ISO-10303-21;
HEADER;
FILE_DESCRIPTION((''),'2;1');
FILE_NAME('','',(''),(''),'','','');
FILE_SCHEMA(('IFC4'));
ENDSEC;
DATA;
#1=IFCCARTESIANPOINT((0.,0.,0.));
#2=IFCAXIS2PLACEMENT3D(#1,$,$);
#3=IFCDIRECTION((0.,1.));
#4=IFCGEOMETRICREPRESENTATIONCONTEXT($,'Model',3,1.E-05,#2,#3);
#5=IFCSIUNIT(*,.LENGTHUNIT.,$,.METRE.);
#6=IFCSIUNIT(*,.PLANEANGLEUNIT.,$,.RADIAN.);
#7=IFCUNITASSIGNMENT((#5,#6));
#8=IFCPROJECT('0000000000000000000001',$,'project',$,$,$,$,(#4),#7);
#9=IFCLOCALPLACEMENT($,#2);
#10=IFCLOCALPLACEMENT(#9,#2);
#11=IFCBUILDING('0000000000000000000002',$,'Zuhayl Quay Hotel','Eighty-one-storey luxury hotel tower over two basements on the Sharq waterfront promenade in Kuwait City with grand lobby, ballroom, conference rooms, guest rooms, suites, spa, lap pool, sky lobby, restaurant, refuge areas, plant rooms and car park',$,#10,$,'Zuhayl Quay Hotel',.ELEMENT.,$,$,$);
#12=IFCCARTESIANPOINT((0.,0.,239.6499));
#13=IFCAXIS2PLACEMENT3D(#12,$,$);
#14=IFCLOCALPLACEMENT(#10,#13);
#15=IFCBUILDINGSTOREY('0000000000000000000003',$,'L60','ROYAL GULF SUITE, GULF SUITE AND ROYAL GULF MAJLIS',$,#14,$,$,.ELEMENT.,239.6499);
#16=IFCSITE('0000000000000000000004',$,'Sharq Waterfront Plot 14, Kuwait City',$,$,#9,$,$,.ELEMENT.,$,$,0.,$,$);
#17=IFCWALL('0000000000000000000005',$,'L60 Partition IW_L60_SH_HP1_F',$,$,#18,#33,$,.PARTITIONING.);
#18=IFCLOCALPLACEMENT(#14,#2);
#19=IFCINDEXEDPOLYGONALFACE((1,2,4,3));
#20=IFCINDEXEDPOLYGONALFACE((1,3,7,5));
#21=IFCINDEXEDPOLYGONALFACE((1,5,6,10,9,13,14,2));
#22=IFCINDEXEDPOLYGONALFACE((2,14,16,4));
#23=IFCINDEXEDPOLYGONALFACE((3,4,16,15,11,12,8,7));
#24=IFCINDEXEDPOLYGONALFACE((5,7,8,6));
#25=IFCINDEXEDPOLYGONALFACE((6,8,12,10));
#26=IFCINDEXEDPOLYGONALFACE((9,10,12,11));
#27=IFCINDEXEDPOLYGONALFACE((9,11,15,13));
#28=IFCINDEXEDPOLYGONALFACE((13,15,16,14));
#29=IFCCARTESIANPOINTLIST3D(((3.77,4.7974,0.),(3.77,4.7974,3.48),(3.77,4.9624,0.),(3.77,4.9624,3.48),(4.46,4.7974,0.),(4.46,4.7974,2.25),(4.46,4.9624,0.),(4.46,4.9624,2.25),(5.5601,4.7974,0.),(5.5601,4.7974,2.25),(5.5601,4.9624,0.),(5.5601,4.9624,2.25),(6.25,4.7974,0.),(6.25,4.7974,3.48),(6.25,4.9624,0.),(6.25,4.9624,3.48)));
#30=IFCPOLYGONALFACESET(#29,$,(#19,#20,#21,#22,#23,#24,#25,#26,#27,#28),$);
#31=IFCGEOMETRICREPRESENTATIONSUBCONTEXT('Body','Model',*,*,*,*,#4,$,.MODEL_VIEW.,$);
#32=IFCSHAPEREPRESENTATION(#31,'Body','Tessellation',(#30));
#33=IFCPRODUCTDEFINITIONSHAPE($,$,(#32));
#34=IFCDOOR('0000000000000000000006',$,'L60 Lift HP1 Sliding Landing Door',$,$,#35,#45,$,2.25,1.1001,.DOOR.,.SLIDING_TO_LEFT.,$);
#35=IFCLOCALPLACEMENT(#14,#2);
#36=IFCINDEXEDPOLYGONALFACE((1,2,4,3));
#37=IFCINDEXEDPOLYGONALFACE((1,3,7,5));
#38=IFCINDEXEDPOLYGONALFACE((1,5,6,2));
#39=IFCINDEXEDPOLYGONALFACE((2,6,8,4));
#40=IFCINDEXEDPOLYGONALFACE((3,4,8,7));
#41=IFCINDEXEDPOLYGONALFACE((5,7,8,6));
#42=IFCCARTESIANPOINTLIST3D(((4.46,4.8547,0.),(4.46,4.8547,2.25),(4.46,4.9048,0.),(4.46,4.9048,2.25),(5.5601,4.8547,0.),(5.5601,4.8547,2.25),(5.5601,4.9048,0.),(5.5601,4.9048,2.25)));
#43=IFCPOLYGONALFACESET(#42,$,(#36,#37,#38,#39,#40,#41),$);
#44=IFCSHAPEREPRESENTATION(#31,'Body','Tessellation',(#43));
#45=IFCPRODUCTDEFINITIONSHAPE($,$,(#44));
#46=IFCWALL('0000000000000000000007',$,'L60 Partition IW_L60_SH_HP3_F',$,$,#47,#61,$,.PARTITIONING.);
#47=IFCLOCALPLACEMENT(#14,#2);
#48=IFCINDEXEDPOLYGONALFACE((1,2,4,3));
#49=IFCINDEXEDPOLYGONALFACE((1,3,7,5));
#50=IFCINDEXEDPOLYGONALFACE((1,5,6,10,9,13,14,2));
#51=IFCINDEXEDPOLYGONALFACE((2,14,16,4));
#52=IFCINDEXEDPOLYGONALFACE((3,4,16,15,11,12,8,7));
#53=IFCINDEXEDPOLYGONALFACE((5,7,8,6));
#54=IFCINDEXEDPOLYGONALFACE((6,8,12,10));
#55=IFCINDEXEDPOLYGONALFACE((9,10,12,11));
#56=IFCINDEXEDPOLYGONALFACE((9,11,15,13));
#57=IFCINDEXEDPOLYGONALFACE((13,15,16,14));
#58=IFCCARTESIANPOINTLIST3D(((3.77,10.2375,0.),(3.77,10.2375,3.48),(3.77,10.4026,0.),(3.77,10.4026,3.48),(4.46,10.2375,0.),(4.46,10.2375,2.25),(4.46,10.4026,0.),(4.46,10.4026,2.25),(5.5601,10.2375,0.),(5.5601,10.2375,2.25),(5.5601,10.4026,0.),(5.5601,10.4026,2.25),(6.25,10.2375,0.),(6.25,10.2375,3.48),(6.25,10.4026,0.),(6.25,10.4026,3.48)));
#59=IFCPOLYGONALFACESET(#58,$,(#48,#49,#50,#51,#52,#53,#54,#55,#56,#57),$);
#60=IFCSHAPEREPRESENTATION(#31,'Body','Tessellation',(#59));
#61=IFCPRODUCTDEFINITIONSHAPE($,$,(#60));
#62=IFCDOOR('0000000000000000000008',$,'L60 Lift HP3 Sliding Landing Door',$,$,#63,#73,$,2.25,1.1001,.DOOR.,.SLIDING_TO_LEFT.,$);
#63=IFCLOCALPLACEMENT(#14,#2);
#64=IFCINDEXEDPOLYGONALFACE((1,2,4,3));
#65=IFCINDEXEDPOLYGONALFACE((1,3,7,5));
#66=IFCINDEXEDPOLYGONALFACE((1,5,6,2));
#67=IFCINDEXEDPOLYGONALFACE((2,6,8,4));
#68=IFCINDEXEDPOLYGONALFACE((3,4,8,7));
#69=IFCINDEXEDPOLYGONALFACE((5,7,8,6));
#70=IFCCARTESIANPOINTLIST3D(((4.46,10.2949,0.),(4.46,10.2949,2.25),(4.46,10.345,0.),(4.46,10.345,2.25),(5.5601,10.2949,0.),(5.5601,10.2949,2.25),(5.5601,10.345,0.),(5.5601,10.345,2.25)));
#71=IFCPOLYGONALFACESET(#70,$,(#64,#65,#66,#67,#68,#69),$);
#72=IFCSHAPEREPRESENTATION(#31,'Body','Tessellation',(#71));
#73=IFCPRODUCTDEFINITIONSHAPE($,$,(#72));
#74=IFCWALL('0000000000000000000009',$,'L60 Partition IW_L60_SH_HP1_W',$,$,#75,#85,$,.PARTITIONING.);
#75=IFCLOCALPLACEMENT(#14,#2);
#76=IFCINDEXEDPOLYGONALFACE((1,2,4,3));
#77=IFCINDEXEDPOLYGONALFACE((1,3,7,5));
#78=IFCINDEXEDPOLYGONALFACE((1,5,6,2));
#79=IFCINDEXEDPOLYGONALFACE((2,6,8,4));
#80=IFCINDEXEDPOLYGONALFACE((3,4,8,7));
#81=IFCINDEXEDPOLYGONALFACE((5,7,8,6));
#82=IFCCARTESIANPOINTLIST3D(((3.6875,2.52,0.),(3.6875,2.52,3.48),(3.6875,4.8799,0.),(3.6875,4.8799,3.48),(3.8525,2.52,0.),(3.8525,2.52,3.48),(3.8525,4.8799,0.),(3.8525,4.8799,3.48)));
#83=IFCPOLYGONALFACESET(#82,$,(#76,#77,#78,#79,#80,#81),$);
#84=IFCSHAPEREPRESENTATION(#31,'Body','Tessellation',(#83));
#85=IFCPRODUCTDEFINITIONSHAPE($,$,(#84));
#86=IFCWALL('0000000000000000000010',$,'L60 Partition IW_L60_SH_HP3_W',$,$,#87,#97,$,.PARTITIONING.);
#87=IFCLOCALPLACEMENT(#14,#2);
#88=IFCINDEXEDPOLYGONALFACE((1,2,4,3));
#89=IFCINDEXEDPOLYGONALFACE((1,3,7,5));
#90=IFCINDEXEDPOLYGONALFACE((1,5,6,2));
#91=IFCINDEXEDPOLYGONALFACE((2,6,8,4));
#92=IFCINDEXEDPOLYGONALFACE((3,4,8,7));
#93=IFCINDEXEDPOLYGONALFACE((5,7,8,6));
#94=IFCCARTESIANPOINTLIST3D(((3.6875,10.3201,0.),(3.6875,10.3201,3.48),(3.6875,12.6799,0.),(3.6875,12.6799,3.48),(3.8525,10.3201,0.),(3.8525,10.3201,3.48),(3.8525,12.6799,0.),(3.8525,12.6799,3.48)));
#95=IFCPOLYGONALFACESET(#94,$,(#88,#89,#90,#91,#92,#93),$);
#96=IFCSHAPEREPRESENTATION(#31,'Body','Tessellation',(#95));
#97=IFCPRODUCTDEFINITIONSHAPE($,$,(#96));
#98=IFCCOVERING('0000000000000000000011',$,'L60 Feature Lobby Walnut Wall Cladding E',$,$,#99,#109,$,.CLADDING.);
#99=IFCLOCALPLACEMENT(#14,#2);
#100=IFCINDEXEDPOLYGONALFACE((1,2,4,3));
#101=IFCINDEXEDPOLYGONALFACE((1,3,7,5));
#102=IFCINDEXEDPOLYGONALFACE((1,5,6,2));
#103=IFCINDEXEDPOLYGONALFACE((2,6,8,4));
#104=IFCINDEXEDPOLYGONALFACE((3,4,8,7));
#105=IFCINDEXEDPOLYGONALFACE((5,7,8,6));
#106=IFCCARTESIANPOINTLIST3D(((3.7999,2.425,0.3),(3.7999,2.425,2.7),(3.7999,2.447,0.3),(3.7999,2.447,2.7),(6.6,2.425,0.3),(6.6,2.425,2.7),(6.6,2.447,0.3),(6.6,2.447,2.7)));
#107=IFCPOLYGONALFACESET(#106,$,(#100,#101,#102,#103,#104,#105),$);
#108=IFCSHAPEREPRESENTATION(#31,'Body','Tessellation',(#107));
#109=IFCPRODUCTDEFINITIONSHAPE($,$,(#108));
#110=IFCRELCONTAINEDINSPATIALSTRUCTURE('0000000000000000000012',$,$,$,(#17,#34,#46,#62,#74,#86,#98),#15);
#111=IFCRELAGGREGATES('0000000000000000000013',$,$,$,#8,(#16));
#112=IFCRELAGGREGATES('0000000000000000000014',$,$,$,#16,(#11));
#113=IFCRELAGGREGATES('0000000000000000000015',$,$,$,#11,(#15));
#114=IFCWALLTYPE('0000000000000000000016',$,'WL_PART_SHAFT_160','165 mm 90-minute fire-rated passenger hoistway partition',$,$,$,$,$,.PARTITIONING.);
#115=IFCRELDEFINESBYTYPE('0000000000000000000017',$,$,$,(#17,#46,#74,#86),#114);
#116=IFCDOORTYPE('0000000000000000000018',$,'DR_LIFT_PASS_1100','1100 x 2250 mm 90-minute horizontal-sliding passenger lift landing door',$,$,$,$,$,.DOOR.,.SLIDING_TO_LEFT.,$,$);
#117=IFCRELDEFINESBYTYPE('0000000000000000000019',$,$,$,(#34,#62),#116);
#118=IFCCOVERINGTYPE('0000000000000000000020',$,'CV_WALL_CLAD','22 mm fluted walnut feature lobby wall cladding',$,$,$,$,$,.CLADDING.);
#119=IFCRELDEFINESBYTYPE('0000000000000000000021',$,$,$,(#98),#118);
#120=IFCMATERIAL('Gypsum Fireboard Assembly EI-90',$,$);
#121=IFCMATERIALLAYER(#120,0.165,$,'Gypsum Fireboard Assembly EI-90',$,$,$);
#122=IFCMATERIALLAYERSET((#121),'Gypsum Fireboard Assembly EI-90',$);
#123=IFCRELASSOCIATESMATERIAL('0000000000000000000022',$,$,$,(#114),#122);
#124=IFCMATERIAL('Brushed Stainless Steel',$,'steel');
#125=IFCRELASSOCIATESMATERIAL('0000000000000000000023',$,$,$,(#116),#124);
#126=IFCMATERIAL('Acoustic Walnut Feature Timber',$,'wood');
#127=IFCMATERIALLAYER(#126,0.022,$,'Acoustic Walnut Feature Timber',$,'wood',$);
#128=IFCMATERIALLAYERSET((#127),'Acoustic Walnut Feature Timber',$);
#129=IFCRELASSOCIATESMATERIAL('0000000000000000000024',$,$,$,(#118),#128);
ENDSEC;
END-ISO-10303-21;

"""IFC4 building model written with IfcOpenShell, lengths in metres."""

from ifc_helpers import new_model, si_unit, direction, frame, frame_2d, origin, origin_2d, place, context, subcontext, project, spatial, rectangle, extrude, material, layer, layer_set, type_object, element, fill, save


model = new_model("IFC4")

# Units and contexts
model_context = context("Model", 3, precision=1e-05, world=origin(), true_north=direction((0.0, 1.0)))
body_context = subcontext(model_context, "Body", "Model", "MODEL_VIEW")
ifc_project = project(units=[si_unit("LENGTHUNIT", "METRE"), si_unit("PLANEANGLEUNIT", "RADIAN")], contexts=[model_context])

# Site, building, storey
site_placement = place(None, origin())
site = spatial("IfcSite", under=ifc_project, at=site_placement, Name="Sharq Waterfront Plot 14, Kuwait City", CompositionType="ELEMENT", RefElevation=0.0)
building_placement = place(site_placement, origin())
building = spatial("IfcBuilding", under=site, at=building_placement, Name="Zuhayl Quay Hotel", Description="Eighty-one-storey luxury hotel tower over two basements on the Sharq waterfront promenade in Kuwait City with grand lobby, ballroom, conference rooms, guest rooms, suites, spa, lap pool, sky lobby, restaurant, refuge areas, plant rooms and car park", LongName="Zuhayl Quay Hotel", CompositionType="ELEMENT")
storey_placement = place(building_placement, frame((0.0, 0.0, 239.6499)))
storey = spatial("IfcBuildingStorey", under=building, at=storey_placement, Name="L60", Description="ROYAL GULF SUITE, GULF SUITE AND ROYAL GULF MAJLIS", CompositionType="ELEMENT", Elevation=239.6499)

# Walls, openings, doors
ifc_material_1 = material(Name="Gypsum Fireboard Assembly EI-90")
ifc_layer_1 = layer(ifc_material_1, 0.165, Name="Gypsum Fireboard Assembly EI-90")
ifc_layer_set_1 = layer_set([ifc_layer_1], Name="Gypsum Fireboard Assembly EI-90")
wall_type_1 = type_object("IfcWallType", Name="WL_PART_SHAFT_160", Description="165 mm 90-minute fire-rated passenger hoistway partition", PredefinedType="PARTITIONING", material=ifc_layer_set_1)
wall_1_placement = place(storey_placement, frame((3.77, 4.8799, 0.0), z_axis=(0.0, 0.0, 1.0), x_axis=(1.0, 0.0, 0.0)))
wall_1 = element("IfcWall", 1, at=wall_1_placement, inside=storey, type_object=wall_type_1, Name="L60 Partition IW_L60_SH_HP1_F", PredefinedType="PARTITIONING", context=body_context, shape_type="SweptSolid", body=[
    extrude(rectangle(XDim=2.48, YDim=0.165, at=frame_2d((1.24, 0.0))), origin(), (0.0, 0.0, 1.0), 3.48),
])
opening_1_placement = place(wall_1_placement, frame((0.6899, 0.0, 0.0)))
opening_1 = element("IfcOpeningElement", 2, at=opening_1_placement, cuts=wall_1, PredefinedType="OPENING", context=body_context, shape_type="SweptSolid", body=[
    extrude(rectangle(XDim=1.1001, YDim=2.25, at=frame_2d((0.55, 1.125))), frame((0.0, 0.0925, 0.0), z_axis=(0.0, -1.0, 0.0), x_axis=(1.0, 0.0, 0.0)), (0.0, 0.0, 1.0), 0.1851),
])
ifc_material_2 = material(Name="Brushed Stainless Steel", Category="steel")
door_type_1 = type_object("IfcDoorType", Name="DR_LIFT_PASS_1100", Description="1100 x 2250 mm 90-minute horizontal-sliding passenger lift landing door", OperationType="SLIDING_TO_LEFT", PredefinedType="DOOR", material=ifc_material_2)
door_1_placement = place(opening_1_placement, origin())
door_1 = element("IfcDoor", 3, at=door_1_placement, inside=storey, type_object=door_type_1, Name="L60 Lift HP1 Sliding Landing Door", OperationType="SLIDING_TO_LEFT", OverallHeight=2.25, OverallWidth=1.1001, PredefinedType="DOOR", context=body_context, shape_type="SweptSolid", body=[
    extrude(rectangle(XDim=1.1001, YDim=2.25, at=frame_2d((0.55, 1.125))), frame((0.0, 0.0249, 0.0), z_axis=(0.0, -1.0, 0.0), x_axis=(1.0, 0.0, 0.0)), (0.0, 0.0, 1.0), 0.05),
])
fill(opening_1, door_1)
wall_2_placement = place(storey_placement, frame((3.77, 10.3201, 0.0), z_axis=(0.0, 0.0, 1.0), x_axis=(1.0, 0.0, 0.0)))
wall_2 = element("IfcWall", 4, at=wall_2_placement, inside=storey, type_object=wall_type_1, Name="L60 Partition IW_L60_SH_HP3_F", PredefinedType="PARTITIONING", context=body_context, shape_type="SweptSolid", body=[
    extrude(rectangle(XDim=2.48, YDim=0.165, at=frame_2d((1.24, 0.0))), origin(), (0.0, 0.0, 1.0), 3.48),
])
opening_2_placement = place(wall_2_placement, frame((0.6899, 0.0, 0.0)))
opening_2 = element("IfcOpeningElement", 5, at=opening_2_placement, cuts=wall_2, PredefinedType="OPENING", context=body_context, shape_type="SweptSolid", body=[
    extrude(rectangle(XDim=1.1001, YDim=2.25, at=frame_2d((0.55, 1.125))), frame((0.0, 0.0925, 0.0), z_axis=(0.0, -1.0, 0.0), x_axis=(1.0, 0.0, 0.0)), (0.0, 0.0, 1.0), 0.1851),
])
door_2_placement = place(opening_2_placement, origin())
door_2 = element("IfcDoor", 6, at=door_2_placement, inside=storey, type_object=door_type_1, Name="L60 Lift HP3 Sliding Landing Door", OperationType="SLIDING_TO_LEFT", OverallHeight=2.25, OverallWidth=1.1001, PredefinedType="DOOR", context=body_context, shape_type="SweptSolid", body=[
    extrude(rectangle(XDim=1.1001, YDim=2.25, at=frame_2d((0.55, 1.125))), frame((0.0, 0.0249, 0.0), z_axis=(0.0, -1.0, 0.0), x_axis=(1.0, 0.0, 0.0)), (0.0, 0.0, 1.0), 0.05),
])
fill(opening_2, door_2)

# Walls
for number, where, z_axis, x_axis, name in (
    (7, (3.77, 2.52, 0.0), (0.0, 0.0, 1.0), (0.0, 1.0, 0.0), "L60 Partition IW_L60_SH_HP1_W"),
    (8, (3.77, 10.3201, 0.0), (0.0, 0.0, 1.0), (0.0, 1.0, 0.0), "L60 Partition IW_L60_SH_HP3_W"),
):
    element("IfcWall", number, at=place(storey_placement, frame(where, z_axis=z_axis, x_axis=x_axis)), inside=storey, type_object=wall_type_1, Name=name, PredefinedType="PARTITIONING", context=body_context, shape_type="SweptSolid", body=[
        extrude(rectangle(XDim=2.3599, YDim=0.165, at=frame_2d((1.1799, 0.0))), origin(), (0.0, 0.0, 1.0), 3.48),
    ])

# Covering
ifc_material_3 = material(Name="Acoustic Walnut Feature Timber", Category="wood")
ifc_layer_2 = layer(ifc_material_3, 0.022, Name="Acoustic Walnut Feature Timber", Category="wood")
ifc_layer_set_2 = layer_set([ifc_layer_2], Name="Acoustic Walnut Feature Timber")
covering_type = type_object("IfcCoveringType", Name="CV_WALL_CLAD", Description="22 mm fluted walnut feature lobby wall cladding", PredefinedType="CLADDING", material=ifc_layer_set_2)
covering_placement = place(storey_placement, frame((5.2, 2.436, 0.3), z_axis=(0.0, 0.0, 1.0), x_axis=(1.0, 0.0, 0.0)))
element("IfcCovering", 9, at=covering_placement, inside=storey, type_object=covering_type, Name="L60 Feature Lobby Walnut Wall Cladding E", PredefinedType="CLADDING", context=body_context, shape_type="SweptSolid", body=[
    extrude(rectangle(XDim=2.8, YDim=0.022, at=origin_2d()), origin(), (0.0, 0.0, 1.0), 2.3999),
])

save(model, "model.ifc")
